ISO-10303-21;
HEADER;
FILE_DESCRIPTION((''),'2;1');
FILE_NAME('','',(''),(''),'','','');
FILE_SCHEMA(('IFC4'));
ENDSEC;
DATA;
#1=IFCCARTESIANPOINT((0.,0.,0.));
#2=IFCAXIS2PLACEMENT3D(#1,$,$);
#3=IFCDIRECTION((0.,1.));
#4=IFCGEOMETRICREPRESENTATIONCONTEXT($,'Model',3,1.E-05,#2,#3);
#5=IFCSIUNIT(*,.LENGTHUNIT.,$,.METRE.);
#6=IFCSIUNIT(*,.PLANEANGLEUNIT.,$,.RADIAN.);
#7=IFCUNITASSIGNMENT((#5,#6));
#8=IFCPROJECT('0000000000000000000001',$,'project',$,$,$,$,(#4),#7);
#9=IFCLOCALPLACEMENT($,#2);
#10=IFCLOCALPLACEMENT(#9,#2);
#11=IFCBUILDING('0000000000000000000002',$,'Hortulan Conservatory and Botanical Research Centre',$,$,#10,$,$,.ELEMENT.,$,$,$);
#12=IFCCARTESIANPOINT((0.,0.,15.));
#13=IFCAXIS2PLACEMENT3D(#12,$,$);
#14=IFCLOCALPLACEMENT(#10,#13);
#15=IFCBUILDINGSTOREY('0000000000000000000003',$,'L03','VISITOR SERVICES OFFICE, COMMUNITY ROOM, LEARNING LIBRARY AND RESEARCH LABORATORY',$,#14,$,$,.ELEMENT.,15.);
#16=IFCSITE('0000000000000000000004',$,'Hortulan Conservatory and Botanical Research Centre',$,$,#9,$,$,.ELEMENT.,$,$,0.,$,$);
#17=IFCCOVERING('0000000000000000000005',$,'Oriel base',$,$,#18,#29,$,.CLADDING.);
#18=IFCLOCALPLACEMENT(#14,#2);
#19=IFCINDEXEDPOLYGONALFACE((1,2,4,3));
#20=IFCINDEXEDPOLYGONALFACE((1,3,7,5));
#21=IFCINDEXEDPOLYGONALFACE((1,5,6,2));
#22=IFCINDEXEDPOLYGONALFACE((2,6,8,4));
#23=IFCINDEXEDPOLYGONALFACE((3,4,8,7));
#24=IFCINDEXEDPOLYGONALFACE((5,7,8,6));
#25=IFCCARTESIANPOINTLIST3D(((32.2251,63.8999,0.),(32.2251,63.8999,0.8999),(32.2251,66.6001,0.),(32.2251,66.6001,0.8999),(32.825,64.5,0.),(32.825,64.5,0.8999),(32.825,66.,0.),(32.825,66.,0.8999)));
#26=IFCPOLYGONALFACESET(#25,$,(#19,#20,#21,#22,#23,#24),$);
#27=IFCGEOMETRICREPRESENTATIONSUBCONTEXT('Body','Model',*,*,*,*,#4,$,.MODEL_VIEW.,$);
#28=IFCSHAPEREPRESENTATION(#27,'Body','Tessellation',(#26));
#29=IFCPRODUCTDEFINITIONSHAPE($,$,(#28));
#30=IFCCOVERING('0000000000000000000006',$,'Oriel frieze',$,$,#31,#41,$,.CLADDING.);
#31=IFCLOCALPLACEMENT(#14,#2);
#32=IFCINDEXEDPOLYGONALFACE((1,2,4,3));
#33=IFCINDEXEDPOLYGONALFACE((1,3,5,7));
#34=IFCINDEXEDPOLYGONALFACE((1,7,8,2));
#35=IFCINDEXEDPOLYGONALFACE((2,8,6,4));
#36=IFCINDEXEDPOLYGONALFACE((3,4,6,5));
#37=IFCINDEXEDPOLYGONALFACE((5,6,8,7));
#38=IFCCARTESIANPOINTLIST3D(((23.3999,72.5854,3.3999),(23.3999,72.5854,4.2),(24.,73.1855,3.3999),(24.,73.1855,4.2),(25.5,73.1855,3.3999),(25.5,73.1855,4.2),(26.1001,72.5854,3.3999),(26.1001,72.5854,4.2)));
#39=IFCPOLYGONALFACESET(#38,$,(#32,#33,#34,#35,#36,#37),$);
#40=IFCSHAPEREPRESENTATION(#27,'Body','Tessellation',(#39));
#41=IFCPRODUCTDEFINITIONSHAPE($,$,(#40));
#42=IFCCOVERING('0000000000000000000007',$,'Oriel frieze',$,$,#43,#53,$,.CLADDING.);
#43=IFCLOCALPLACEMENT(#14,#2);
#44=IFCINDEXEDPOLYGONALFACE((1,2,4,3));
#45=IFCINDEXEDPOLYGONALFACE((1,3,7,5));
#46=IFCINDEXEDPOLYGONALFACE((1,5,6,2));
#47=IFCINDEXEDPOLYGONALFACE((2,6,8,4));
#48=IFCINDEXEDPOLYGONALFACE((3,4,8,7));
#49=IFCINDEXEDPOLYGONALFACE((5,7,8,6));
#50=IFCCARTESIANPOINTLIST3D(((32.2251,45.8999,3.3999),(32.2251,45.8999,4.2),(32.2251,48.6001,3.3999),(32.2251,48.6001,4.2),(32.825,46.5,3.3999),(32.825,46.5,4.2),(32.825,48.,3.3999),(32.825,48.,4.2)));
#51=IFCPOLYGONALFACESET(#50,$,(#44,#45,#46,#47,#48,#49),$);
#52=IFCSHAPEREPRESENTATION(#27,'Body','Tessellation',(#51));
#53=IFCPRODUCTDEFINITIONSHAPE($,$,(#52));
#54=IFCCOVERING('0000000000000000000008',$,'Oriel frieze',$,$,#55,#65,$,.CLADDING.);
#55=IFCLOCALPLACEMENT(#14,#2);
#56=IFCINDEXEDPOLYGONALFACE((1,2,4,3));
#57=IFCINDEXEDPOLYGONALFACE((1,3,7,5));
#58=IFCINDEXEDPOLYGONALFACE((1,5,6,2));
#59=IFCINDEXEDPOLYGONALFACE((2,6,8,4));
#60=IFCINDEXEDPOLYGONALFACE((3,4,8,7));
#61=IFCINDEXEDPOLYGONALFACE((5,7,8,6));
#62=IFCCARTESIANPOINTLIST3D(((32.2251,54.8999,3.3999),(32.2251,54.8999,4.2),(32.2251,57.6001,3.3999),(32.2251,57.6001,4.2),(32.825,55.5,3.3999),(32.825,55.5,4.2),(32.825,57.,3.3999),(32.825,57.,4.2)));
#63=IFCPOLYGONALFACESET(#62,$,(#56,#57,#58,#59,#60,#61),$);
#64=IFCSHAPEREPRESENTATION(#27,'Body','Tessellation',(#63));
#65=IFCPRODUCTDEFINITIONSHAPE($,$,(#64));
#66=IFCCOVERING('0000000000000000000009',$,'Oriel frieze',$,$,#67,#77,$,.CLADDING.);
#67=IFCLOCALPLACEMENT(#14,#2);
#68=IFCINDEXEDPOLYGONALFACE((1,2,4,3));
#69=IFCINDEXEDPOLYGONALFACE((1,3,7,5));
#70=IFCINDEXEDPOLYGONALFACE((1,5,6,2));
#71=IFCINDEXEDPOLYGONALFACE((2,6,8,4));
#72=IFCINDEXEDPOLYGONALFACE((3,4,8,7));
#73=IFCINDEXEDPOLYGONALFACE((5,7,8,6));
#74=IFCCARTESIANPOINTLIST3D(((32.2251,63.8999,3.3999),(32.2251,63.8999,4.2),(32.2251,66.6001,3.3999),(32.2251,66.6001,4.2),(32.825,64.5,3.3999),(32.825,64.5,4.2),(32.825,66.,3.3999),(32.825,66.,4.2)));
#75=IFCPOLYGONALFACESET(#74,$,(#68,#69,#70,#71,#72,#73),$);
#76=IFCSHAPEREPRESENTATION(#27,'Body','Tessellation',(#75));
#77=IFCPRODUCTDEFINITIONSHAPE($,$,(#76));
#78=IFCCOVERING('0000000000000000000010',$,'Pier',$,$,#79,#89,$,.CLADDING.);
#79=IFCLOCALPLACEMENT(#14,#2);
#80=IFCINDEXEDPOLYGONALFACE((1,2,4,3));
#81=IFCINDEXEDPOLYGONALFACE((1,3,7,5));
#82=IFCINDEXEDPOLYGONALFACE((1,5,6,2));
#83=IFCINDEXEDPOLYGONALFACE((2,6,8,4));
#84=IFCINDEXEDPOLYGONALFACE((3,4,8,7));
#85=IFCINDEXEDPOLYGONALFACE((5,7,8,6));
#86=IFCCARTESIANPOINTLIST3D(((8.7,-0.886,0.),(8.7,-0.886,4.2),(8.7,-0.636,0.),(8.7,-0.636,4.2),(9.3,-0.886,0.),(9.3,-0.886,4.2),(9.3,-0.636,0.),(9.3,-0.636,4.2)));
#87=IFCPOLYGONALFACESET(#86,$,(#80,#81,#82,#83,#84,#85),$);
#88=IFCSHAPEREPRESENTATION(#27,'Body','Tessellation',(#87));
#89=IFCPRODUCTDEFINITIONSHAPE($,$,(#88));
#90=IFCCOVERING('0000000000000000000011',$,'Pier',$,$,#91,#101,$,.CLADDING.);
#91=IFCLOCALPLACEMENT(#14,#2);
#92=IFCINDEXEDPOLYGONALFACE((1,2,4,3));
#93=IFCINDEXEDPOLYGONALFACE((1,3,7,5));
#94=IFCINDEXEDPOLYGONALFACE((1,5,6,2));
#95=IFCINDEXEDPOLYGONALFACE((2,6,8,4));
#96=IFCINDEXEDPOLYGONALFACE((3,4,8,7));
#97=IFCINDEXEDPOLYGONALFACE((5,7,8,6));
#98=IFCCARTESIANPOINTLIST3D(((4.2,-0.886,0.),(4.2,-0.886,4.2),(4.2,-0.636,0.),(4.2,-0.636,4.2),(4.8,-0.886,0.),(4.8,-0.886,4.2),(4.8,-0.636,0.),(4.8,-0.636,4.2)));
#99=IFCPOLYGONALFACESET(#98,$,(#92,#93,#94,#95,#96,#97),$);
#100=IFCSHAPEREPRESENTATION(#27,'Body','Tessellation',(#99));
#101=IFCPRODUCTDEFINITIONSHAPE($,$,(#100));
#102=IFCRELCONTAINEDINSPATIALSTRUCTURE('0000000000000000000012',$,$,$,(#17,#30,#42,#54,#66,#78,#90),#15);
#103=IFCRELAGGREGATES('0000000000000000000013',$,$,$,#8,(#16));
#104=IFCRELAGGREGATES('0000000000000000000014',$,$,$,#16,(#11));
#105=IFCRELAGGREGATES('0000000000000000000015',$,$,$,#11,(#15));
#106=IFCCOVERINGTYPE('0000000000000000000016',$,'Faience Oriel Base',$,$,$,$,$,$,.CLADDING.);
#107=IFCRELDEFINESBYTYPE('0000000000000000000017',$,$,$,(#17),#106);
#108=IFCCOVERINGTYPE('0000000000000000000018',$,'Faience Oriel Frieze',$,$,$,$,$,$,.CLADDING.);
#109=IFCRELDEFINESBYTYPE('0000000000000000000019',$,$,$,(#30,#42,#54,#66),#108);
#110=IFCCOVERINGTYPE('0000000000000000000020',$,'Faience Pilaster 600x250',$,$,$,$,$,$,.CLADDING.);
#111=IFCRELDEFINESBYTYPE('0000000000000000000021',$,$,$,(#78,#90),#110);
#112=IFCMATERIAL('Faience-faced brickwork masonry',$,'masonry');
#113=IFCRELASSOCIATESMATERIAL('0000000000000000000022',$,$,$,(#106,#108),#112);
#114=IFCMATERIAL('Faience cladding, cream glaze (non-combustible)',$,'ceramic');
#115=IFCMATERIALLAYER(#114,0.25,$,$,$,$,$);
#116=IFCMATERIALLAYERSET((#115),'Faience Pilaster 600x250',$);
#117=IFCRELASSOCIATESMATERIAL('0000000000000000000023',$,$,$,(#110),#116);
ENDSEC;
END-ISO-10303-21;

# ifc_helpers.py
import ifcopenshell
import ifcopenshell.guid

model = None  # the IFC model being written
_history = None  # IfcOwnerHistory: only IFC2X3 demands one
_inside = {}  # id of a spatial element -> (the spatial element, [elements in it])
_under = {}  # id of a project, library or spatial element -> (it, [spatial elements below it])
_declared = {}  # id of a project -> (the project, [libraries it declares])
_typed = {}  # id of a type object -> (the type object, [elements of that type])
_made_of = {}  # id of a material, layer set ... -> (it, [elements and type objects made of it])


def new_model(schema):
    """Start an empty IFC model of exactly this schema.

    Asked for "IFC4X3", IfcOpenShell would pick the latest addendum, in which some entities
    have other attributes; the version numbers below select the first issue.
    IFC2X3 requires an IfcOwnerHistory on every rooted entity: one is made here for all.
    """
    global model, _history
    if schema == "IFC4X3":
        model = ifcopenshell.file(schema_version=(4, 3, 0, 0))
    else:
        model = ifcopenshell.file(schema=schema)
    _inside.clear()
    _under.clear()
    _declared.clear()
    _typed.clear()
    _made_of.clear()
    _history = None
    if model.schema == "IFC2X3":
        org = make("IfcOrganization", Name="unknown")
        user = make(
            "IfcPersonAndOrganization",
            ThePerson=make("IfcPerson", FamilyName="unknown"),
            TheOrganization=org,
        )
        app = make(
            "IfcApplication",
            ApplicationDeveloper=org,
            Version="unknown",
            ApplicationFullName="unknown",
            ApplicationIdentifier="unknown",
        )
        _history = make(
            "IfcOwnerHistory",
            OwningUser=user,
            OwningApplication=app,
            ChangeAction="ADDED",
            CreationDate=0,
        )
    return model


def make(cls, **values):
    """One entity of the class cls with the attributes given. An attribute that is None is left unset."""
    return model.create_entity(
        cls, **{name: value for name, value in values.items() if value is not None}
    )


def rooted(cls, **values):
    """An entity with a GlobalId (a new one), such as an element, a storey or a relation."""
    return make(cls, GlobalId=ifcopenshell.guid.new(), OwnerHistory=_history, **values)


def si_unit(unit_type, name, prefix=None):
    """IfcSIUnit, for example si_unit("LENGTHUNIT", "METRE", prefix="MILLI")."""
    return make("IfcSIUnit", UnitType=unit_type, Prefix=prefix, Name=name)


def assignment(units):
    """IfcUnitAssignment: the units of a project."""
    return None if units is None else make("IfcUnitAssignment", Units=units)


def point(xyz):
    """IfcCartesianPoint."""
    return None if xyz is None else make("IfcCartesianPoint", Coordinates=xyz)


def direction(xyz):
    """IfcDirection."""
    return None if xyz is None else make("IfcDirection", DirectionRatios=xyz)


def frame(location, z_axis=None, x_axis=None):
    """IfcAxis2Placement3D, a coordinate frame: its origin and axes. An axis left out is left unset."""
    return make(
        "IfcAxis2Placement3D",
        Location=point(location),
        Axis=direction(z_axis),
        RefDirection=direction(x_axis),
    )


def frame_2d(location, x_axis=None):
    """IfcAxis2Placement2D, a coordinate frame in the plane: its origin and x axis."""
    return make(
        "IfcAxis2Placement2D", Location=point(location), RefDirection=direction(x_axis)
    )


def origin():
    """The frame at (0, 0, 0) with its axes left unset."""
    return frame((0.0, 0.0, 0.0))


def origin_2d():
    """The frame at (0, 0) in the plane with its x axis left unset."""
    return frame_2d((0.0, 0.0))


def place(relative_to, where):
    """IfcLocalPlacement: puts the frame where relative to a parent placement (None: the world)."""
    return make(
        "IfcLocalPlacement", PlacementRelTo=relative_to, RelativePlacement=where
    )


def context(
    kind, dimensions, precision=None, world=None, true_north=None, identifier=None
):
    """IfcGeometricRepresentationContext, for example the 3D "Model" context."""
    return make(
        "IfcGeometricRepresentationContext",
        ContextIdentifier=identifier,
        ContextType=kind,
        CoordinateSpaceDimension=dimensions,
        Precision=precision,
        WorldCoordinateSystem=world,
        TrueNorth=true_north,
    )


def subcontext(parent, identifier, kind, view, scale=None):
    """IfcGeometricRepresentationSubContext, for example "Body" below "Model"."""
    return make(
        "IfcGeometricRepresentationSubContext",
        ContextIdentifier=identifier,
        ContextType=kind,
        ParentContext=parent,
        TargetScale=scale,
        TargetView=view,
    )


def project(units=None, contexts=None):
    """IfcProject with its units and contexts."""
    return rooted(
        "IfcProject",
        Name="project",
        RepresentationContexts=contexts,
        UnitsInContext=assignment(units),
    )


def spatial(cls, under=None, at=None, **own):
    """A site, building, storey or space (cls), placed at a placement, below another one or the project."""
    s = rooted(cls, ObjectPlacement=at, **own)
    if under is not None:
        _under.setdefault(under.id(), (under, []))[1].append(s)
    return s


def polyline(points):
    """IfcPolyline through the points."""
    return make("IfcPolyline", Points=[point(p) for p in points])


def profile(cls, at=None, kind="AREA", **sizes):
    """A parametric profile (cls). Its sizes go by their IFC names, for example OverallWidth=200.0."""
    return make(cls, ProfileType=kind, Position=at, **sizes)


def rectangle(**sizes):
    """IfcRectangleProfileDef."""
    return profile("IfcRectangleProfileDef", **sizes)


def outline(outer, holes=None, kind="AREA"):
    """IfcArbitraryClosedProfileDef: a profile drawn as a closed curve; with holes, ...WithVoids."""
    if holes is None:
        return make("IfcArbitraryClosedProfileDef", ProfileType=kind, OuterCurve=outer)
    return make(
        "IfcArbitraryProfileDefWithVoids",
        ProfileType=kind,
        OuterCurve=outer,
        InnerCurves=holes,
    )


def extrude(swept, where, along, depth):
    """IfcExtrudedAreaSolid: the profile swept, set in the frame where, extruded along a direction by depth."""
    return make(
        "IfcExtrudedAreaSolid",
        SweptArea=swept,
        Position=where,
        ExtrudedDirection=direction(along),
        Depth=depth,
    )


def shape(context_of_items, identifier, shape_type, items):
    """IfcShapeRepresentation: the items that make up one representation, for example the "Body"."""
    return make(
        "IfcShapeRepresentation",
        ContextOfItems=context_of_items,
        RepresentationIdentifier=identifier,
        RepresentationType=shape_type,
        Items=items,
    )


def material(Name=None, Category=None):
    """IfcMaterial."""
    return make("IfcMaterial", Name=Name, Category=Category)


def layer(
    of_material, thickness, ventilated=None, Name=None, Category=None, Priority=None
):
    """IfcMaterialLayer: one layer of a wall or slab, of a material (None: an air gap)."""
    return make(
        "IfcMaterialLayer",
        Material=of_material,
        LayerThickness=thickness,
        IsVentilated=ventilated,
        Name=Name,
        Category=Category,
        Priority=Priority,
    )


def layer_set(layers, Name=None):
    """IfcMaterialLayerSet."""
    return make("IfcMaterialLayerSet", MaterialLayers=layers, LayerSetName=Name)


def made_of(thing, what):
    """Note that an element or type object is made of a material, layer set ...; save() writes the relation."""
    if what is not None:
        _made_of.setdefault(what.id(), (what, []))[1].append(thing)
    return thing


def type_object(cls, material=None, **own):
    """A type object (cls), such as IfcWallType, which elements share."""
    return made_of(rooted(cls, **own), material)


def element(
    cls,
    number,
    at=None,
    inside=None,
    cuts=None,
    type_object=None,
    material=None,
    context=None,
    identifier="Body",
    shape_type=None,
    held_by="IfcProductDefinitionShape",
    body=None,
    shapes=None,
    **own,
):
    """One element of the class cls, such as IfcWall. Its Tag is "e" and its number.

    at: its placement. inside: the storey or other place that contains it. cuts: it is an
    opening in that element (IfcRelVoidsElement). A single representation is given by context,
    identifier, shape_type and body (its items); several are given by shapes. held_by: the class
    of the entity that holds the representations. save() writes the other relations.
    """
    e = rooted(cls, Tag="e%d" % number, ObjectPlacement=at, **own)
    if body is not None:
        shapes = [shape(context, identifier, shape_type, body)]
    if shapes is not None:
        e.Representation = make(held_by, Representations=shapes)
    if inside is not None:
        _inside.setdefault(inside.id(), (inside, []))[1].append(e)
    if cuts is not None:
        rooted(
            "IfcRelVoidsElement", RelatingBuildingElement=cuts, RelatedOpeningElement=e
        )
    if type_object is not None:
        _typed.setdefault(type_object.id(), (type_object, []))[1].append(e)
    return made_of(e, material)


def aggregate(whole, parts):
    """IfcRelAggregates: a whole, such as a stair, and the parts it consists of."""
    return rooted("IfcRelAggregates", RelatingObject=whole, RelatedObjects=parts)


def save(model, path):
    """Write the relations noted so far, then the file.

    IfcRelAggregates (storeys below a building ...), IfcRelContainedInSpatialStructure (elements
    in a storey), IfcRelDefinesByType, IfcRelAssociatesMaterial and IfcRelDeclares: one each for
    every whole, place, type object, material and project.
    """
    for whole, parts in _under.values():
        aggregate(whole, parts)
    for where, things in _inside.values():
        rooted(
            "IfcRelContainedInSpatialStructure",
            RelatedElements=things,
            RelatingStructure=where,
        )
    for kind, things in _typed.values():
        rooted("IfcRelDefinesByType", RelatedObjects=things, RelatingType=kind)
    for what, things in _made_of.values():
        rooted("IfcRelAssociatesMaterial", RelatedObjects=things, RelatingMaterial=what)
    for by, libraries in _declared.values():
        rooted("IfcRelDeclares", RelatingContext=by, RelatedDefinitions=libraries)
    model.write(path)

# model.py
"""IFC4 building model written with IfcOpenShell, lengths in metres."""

from ifc_helpers import new_model, si_unit, direction, frame, origin, origin_2d, place, context, subcontext, project, spatial, polyline, rectangle, outline, extrude, material, layer, layer_set, type_object, element, save


model = new_model("IFC4")

# Units and contexts
model_context = context("Model", 3, precision=1e-05, world=origin(), true_north=direction((0.0, 1.0)))
body_context = subcontext(model_context, "Body", "Model", "MODEL_VIEW")
ifc_project = project(units=[si_unit("LENGTHUNIT", "METRE"), si_unit("PLANEANGLEUNIT", "RADIAN")], contexts=[model_context])

# Site, building, storey
site_placement = place(None, origin())
site = spatial("IfcSite", under=ifc_project, at=site_placement, Name="Hortulan Conservatory and Botanical Research Centre", CompositionType="ELEMENT", RefElevation=0.0)
building_placement = place(site_placement, origin())
building = spatial("IfcBuilding", under=site, at=building_placement, Name="Hortulan Conservatory and Botanical Research Centre", CompositionType="ELEMENT")
storey_placement = place(building_placement, frame((0.0, 0.0, 15.0)))
storey = spatial("IfcBuildingStorey", under=building, at=storey_placement, Name="L03", Description="VISITOR SERVICES OFFICE, COMMUNITY ROOM, LEARNING LIBRARY AND RESEARCH LABORATORY", CompositionType="ELEMENT", Elevation=15.0)

# Coverings
ifc_material_1 = material(Name="Faience cladding, cream glaze (non-combustible)", Category="ceramic")
ifc_material_2 = material(Name="Faience-faced brickwork masonry", Category="masonry")
covering_type_1 = type_object("IfcCoveringType", Name="Faience Oriel Base", PredefinedType="CLADDING", material=ifc_material_2)
covering_1_placement = place(storey_placement, origin())
element("IfcCovering", 1, at=covering_1_placement, inside=storey, type_object=covering_type_1, Name="Oriel base", PredefinedType="CLADDING", context=body_context, shape_type="SweptSolid", body=[
    extrude(outline(polyline([(32.2251, 66.6001), (32.825, 66.0), (32.825, 64.5), (32.2251, 63.8999), (32.2251, 66.6001)])), origin(), (0.0, 0.0, 1.0), 0.8999),
])
covering_type_2 = type_object("IfcCoveringType", Name="Faience Oriel Frieze", PredefinedType="CLADDING", material=ifc_material_2)
covering_2_placement = place(storey_placement, frame((0.0, 0.0, 3.3999)))
element("IfcCovering", 2, at=covering_2_placement, inside=storey, type_object=covering_type_2, Name="Oriel frieze", PredefinedType="CLADDING", context=body_context, shape_type="SweptSolid", body=[
    extrude(outline(polyline([(23.3999, 72.5854), (24.0, 73.1855), (25.5, 73.1855), (26.1001, 72.5854), (23.3999, 72.5854)])), origin(), (0.0, 0.0, 1.0), 0.8),
])
covering_3_placement = place(storey_placement, frame((0.0, 0.0, 3.3999)))
element("IfcCovering", 3, at=covering_3_placement, inside=storey, type_object=covering_type_2, Name="Oriel frieze", PredefinedType="CLADDING", context=body_context, shape_type="SweptSolid", body=[
    extrude(outline(polyline([(32.2251, 48.6001), (32.825, 48.0), (32.825, 46.5), (32.2251, 45.8999), (32.2251, 48.6001)])), origin(), (0.0, 0.0, 1.0), 0.8),
])
covering_4_placement = place(storey_placement, frame((0.0, 0.0, 3.3999)))
element("IfcCovering", 4, at=covering_4_placement, inside=storey, type_object=covering_type_2, Name="Oriel frieze", PredefinedType="CLADDING", context=body_context, shape_type="SweptSolid", body=[
    extrude(outline(polyline([(32.2251, 57.6001), (32.825, 57.0), (32.825, 55.5), (32.2251, 54.8999), (32.2251, 57.6001)])), origin(), (0.0, 0.0, 1.0), 0.8),
])
covering_5_placement = place(storey_placement, frame((0.0, 0.0, 3.3999)))
element("IfcCovering", 5, at=covering_5_placement, inside=storey, type_object=covering_type_2, Name="Oriel frieze", PredefinedType="CLADDING", context=body_context, shape_type="SweptSolid", body=[
    extrude(outline(polyline([(32.2251, 66.6001), (32.825, 66.0), (32.825, 64.5), (32.2251, 63.8999), (32.2251, 66.6001)])), origin(), (0.0, 0.0, 1.0), 0.8),
])
ifc_layer_1 = layer(ifc_material_1, 0.25)
ifc_layer_set_1 = layer_set([ifc_layer_1], Name="Faience Pilaster 600x250")
covering_type_3 = type_object("IfcCoveringType", Name="Faience Pilaster 600x250", PredefinedType="CLADDING", material=ifc_layer_set_1)
for number, where, z_axis, x_axis, name in (
    (6, (9.0, -0.761, 0.0), (0.0, 0.0, 1.0), (-1.0, 0.0, 0.0), "Pier"),
    (7, (4.5, -0.761, 0.0), (0.0, 0.0, 1.0), (-1.0, 0.0, 0.0), "Pier"),
):
    element("IfcCovering", number, at=place(storey_placement, frame(where, z_axis=z_axis, x_axis=x_axis)), inside=storey, type_object=covering_type_3, Name=name, PredefinedType="CLADDING", context=body_context, shape_type="SweptSolid", body=[
        extrude(rectangle(XDim=0.6001, YDim=0.25, at=origin_2d()), origin(), (0.0, 0.0, 1.0), 4.2),
    ])

save(model, "model.ifc")
